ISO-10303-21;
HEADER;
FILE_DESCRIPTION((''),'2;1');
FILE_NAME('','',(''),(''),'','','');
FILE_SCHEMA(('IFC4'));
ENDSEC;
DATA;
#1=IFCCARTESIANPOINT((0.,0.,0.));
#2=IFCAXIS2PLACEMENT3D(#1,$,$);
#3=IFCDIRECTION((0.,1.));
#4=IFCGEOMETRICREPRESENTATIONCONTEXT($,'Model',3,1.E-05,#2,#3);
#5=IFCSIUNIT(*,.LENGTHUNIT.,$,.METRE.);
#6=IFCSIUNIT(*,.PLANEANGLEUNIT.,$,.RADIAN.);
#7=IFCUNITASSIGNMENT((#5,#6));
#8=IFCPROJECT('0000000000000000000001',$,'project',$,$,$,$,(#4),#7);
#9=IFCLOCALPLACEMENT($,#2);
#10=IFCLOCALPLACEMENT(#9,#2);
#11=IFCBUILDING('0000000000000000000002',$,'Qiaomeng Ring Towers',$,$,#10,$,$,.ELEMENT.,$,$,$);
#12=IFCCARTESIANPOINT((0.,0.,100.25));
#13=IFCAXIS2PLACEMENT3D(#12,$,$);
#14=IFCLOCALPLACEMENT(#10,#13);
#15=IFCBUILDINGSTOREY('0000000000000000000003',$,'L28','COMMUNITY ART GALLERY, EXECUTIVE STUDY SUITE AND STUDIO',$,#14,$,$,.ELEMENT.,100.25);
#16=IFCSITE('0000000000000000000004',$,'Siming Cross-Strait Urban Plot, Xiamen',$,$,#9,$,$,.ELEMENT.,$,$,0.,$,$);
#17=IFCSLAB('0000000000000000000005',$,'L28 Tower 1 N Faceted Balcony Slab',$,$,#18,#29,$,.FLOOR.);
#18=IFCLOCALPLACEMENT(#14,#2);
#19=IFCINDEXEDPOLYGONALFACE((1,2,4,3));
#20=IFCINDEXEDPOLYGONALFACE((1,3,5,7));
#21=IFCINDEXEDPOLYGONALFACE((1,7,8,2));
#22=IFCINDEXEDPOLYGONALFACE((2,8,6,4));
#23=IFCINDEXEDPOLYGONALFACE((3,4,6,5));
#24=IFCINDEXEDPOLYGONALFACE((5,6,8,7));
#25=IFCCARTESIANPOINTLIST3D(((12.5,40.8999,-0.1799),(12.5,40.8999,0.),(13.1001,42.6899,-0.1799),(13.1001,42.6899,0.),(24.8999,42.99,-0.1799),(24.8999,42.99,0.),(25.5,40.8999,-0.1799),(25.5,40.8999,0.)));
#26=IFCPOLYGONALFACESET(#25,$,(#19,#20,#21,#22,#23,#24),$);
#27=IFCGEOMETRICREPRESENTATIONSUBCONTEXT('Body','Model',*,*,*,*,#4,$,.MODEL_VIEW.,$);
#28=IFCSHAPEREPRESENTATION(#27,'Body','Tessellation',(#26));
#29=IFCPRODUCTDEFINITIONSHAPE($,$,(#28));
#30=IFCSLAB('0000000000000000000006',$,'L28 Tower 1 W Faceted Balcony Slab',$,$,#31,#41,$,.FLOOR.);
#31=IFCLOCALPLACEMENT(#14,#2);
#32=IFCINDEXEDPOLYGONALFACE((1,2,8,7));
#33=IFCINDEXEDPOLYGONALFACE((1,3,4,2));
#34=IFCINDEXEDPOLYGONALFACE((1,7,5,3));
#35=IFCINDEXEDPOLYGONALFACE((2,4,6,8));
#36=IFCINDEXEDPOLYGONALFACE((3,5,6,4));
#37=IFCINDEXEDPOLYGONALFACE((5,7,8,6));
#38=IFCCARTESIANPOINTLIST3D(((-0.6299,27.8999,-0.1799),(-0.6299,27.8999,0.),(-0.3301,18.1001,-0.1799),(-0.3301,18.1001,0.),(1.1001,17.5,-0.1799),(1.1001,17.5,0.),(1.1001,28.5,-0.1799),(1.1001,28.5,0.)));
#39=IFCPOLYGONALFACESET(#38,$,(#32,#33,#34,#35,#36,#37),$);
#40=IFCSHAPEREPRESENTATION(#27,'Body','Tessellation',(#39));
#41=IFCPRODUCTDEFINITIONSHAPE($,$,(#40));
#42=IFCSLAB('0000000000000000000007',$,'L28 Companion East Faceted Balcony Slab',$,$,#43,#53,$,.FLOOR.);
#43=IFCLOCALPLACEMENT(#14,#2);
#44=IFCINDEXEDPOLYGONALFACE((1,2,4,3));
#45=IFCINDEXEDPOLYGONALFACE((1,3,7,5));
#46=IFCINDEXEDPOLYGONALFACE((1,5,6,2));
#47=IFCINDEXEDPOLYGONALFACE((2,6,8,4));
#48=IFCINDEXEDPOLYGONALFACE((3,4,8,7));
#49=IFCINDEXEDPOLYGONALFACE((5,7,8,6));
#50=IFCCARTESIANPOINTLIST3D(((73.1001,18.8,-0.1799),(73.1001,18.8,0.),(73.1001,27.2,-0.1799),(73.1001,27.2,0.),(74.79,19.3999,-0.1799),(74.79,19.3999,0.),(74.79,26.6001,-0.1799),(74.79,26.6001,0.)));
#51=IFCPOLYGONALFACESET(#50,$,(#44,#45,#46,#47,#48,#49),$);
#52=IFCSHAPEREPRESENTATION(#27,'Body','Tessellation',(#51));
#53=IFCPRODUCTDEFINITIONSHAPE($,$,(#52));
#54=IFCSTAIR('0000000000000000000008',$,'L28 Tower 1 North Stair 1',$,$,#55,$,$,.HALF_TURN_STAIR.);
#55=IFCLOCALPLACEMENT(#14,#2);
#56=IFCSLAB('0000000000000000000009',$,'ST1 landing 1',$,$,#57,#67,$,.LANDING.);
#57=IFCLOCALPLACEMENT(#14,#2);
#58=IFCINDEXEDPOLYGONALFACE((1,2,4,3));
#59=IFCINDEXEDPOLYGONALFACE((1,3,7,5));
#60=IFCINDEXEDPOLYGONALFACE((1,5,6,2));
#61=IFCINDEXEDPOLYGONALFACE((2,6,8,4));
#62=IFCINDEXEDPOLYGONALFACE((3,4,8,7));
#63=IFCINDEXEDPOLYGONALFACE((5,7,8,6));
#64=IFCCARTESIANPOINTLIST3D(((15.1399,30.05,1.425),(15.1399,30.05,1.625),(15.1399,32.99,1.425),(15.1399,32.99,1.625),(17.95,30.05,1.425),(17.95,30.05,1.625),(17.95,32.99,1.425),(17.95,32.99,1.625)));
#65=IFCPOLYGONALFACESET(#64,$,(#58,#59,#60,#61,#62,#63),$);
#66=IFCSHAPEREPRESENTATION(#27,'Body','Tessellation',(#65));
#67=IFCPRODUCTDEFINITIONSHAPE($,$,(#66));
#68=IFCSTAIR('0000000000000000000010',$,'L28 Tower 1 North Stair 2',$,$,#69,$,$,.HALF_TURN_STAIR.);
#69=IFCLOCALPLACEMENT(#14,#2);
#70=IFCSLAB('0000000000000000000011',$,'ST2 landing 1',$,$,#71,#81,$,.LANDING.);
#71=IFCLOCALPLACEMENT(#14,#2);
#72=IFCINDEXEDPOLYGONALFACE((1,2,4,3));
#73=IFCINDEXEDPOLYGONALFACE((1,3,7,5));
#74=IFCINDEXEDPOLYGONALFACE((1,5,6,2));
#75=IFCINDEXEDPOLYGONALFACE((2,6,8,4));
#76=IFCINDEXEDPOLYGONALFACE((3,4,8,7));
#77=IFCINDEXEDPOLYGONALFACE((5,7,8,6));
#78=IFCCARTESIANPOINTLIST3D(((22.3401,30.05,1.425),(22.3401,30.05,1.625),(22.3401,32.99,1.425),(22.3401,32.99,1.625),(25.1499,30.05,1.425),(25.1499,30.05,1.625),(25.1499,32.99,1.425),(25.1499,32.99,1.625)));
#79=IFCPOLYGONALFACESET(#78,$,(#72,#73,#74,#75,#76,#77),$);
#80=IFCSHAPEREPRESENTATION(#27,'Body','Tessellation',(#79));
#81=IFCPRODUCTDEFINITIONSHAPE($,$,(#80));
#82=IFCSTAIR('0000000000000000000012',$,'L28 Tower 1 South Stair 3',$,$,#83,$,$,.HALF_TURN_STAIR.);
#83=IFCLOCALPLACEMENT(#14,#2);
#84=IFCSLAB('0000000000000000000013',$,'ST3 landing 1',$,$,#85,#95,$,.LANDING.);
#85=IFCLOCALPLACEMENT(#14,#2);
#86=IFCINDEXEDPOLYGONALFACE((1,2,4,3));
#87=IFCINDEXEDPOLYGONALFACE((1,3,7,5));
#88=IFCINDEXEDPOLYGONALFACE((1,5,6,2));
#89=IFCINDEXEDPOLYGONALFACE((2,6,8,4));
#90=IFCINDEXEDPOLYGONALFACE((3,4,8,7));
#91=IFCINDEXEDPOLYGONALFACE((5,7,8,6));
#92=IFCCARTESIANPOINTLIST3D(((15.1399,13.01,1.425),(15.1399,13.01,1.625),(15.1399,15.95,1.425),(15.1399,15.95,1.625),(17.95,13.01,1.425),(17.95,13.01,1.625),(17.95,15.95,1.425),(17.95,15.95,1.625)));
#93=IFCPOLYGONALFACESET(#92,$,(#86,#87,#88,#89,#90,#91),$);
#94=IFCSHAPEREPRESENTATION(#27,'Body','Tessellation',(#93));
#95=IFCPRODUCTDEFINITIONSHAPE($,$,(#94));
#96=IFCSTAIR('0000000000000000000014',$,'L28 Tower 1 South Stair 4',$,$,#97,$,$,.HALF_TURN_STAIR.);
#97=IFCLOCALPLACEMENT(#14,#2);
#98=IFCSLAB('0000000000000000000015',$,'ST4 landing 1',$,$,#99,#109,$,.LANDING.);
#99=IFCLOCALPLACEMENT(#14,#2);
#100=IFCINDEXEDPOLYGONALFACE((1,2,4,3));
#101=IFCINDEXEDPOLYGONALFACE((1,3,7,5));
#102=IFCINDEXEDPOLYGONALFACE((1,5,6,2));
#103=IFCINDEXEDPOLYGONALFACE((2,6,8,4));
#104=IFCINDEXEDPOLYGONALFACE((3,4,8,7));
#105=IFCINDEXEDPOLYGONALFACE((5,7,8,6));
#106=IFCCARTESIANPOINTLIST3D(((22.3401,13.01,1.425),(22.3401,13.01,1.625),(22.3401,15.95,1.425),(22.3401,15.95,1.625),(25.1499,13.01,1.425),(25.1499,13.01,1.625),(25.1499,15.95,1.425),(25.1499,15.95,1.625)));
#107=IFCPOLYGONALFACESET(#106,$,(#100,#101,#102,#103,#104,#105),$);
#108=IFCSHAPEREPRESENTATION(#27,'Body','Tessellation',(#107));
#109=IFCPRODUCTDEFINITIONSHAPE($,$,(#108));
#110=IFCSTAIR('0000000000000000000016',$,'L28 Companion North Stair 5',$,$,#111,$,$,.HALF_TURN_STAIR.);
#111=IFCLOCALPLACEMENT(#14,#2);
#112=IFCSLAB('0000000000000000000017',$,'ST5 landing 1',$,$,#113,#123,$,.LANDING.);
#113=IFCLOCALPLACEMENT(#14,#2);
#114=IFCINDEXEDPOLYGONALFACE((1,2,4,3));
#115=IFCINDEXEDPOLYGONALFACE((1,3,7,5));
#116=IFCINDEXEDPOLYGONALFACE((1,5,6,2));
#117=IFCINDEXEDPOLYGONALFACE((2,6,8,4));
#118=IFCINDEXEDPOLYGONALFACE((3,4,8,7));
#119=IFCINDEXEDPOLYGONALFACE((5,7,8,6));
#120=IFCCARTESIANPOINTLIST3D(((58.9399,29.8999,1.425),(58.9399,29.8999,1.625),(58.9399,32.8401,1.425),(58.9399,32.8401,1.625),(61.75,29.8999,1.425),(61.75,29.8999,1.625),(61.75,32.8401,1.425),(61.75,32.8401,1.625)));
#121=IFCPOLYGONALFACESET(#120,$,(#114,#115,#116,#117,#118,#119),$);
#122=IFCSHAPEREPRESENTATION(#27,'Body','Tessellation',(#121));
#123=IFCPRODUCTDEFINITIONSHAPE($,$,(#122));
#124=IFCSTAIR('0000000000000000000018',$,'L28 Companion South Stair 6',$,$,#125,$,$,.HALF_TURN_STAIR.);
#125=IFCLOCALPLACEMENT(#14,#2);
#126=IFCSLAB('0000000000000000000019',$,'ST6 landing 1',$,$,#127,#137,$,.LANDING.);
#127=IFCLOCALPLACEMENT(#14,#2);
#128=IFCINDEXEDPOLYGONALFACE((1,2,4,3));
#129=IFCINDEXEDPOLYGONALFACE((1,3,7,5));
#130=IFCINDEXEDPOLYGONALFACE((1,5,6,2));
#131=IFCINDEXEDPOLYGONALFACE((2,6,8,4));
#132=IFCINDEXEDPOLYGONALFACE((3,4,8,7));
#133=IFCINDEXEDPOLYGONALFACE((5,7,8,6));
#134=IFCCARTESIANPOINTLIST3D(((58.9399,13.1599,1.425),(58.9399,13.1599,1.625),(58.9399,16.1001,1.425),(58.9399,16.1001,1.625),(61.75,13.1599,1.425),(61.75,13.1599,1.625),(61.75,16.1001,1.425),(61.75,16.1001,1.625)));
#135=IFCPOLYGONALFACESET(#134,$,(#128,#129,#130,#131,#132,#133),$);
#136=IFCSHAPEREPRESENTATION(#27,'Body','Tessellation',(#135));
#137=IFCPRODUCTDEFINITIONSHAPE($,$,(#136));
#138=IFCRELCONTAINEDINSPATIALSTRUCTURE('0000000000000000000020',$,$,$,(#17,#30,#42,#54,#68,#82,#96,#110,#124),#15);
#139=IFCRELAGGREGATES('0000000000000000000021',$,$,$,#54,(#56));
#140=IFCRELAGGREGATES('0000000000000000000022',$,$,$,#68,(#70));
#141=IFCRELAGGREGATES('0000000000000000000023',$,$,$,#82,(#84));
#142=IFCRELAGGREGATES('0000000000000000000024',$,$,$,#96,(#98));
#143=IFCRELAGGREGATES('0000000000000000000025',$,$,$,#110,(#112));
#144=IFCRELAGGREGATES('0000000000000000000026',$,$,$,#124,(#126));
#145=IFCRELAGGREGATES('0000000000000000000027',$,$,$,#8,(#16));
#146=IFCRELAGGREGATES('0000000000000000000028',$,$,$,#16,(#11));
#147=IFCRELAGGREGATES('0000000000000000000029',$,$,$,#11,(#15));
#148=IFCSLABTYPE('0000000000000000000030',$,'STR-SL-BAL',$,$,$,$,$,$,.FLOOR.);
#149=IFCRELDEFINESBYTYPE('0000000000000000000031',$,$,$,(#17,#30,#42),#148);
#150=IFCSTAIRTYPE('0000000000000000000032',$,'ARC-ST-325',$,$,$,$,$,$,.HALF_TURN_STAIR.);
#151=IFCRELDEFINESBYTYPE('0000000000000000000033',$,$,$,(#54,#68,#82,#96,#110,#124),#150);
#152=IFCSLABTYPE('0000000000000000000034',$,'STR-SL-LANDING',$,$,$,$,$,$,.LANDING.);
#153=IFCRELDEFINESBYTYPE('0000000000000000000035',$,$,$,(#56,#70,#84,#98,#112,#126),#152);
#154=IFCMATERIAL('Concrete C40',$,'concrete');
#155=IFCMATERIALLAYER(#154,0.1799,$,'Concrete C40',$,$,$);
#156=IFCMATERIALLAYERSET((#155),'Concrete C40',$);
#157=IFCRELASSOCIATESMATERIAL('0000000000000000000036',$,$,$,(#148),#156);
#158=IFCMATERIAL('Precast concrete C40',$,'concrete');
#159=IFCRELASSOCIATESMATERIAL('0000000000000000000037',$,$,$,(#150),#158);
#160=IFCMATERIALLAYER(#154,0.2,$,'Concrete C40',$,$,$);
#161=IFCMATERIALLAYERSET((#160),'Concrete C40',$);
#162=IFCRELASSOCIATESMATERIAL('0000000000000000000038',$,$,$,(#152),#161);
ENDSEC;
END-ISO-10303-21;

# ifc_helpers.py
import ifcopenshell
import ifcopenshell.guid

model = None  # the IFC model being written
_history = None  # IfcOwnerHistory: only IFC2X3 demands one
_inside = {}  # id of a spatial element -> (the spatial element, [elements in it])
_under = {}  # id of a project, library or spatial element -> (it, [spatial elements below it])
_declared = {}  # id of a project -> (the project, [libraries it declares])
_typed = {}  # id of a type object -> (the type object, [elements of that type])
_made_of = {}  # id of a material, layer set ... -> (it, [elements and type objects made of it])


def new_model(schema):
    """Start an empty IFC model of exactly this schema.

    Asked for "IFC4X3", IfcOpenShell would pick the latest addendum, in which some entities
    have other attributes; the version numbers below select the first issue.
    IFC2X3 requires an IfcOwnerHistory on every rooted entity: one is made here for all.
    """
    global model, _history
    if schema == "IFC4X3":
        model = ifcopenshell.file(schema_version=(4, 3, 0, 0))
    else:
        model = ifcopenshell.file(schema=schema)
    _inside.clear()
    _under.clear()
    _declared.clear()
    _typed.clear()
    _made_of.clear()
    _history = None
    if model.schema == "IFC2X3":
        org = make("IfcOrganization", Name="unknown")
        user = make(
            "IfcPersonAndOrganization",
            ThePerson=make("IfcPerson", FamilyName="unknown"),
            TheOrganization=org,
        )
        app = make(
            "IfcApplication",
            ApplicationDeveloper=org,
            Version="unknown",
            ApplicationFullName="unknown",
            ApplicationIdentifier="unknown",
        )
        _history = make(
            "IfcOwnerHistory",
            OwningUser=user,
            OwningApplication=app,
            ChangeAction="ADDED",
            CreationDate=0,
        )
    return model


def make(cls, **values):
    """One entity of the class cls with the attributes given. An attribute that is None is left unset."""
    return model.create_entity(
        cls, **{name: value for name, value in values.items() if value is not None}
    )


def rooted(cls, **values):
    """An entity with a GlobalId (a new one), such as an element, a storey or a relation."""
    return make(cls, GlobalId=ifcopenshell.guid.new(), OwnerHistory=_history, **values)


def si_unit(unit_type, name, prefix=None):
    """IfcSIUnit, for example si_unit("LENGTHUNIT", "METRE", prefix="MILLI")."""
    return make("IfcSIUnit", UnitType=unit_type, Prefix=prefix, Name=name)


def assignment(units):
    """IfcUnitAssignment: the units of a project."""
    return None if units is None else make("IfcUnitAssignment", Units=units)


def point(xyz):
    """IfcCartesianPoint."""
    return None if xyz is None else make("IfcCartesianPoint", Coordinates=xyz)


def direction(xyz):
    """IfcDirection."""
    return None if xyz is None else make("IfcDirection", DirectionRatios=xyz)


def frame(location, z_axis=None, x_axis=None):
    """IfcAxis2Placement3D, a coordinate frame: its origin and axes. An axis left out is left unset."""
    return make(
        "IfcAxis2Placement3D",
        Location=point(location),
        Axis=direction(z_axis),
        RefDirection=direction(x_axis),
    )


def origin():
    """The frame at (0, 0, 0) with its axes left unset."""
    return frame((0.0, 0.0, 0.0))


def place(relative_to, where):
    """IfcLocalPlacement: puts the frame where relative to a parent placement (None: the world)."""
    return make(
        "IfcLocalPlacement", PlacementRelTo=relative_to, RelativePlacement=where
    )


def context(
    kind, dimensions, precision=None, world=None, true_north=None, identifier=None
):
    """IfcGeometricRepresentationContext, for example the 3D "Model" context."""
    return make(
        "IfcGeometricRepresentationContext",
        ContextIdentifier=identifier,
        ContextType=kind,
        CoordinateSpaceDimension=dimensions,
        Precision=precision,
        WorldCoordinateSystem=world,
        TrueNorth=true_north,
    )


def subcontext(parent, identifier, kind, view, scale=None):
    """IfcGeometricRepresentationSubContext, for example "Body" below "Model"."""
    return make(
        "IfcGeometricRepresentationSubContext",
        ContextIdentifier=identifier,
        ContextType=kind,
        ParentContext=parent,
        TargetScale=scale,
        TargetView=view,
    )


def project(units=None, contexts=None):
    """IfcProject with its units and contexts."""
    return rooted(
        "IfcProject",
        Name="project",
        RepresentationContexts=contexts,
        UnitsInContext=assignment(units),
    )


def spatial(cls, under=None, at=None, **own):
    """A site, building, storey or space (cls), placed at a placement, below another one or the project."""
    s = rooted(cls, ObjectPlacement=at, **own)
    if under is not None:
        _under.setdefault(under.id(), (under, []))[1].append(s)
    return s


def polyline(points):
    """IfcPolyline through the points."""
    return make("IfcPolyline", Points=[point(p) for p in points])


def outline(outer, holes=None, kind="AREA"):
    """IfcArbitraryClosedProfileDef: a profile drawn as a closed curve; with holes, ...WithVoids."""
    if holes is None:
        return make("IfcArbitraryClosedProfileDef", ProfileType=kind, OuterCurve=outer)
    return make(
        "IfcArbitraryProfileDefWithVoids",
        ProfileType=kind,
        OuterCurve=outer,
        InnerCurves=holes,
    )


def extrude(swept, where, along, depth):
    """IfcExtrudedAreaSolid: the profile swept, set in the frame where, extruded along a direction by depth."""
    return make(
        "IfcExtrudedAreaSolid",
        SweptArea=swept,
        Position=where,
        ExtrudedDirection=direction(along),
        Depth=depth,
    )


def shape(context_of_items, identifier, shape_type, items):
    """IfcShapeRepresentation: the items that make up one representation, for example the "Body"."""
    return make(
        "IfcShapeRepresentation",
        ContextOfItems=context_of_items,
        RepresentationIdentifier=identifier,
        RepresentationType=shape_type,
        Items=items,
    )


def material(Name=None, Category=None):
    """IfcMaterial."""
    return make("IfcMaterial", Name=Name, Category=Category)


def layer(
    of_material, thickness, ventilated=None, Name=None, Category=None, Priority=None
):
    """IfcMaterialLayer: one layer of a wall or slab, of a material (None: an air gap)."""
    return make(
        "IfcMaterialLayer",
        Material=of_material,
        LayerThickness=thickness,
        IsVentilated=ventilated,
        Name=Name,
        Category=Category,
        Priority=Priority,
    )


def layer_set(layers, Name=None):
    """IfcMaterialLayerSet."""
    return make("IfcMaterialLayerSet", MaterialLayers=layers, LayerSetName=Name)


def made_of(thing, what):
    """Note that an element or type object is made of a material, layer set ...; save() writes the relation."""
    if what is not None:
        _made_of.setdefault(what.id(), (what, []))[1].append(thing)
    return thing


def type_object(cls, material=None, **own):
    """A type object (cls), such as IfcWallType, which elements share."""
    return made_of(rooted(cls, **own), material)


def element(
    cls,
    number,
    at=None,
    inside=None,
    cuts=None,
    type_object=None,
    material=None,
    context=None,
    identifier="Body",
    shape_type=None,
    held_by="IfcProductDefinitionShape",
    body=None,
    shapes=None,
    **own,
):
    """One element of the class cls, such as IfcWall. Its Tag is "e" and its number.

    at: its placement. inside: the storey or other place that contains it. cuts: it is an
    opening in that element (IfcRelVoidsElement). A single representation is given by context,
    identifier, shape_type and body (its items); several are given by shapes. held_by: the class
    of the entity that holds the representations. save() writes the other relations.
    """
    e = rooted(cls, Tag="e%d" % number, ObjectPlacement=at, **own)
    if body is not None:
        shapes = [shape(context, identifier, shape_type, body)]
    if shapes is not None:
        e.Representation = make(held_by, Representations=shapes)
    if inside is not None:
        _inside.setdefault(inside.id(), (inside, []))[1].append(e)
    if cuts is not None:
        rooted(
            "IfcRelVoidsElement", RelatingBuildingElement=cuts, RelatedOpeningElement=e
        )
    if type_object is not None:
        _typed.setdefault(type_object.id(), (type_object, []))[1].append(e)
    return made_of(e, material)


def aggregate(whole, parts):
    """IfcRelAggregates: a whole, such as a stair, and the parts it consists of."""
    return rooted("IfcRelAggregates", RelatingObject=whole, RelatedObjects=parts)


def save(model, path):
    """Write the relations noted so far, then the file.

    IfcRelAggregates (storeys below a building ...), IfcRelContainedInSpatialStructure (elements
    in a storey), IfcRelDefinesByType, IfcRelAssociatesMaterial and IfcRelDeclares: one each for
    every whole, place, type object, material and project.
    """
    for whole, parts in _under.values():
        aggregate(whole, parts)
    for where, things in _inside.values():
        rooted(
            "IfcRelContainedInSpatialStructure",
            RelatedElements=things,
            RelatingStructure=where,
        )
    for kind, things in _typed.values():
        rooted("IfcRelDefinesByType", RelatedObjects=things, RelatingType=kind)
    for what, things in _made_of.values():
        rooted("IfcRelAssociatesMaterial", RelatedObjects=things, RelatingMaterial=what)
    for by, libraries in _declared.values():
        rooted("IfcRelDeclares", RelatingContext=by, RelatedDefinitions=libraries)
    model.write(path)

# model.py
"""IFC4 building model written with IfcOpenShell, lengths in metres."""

from ifc_helpers import new_model, si_unit, direction, frame, origin, place, context, subcontext, project, spatial, polyline, outline, extrude, material, layer, layer_set, type_object, element, aggregate, save


model = new_model("IFC4")

# Units and contexts
model_context = context("Model", 3, precision=1e-05, world=origin(), true_north=direction((0.0, 1.0)))
body_context = subcontext(model_context, "Body", "Model", "MODEL_VIEW")
ifc_project = project(units=[si_unit("LENGTHUNIT", "METRE"), si_unit("PLANEANGLEUNIT", "RADIAN")], contexts=[model_context])

# Site, building, storey
site_placement = place(None, origin())
site = spatial("IfcSite", under=ifc_project, at=site_placement, Name="Siming Cross-Strait Urban Plot, Xiamen", CompositionType="ELEMENT", RefElevation=0.0)
building_placement = place(site_placement, origin())
building = spatial("IfcBuilding", under=site, at=building_placement, Name="Qiaomeng Ring Towers", CompositionType="ELEMENT")
storey_placement = place(building_placement, frame((0.0, 0.0, 100.25)))
storey = spatial("IfcBuildingStorey", under=building, at=storey_placement, Name="L28", Description="COMMUNITY ART GALLERY, EXECUTIVE STUDY SUITE AND STUDIO", CompositionType="ELEMENT", Elevation=100.25)

# Slabs
ifc_material_1 = material(Name="Concrete C40", Category="concrete")
ifc_layer_1 = layer(ifc_material_1, 0.1799, Name="Concrete C40")
ifc_layer_set_1 = layer_set([ifc_layer_1], Name="Concrete C40")
slab_type_1 = type_object("IfcSlabType", Name="STR-SL-BAL", PredefinedType="FLOOR", material=ifc_layer_set_1)
slab_1_placement = place(storey_placement, frame((0.0, 0.0, -0.1799)))
element("IfcSlab", 1, at=slab_1_placement, inside=storey, type_object=slab_type_1, Name="L28 Tower 1 N Faceted Balcony Slab", PredefinedType="FLOOR", context=body_context, shape_type="SweptSolid", body=[
    extrude(outline(polyline([(12.5, 40.8999), (13.1001, 42.6899), (24.8999, 42.99), (25.5, 40.8999), (12.5, 40.8999)])), origin(), (0.0, 0.0, 1.0), 0.1799),
])
slab_2_placement = place(storey_placement, frame((0.0, 0.0, -0.1799)))
element("IfcSlab", 2, at=slab_2_placement, inside=storey, type_object=slab_type_1, Name="L28 Tower 1 W Faceted Balcony Slab", PredefinedType="FLOOR", context=body_context, shape_type="SweptSolid", body=[
    extrude(outline(polyline([(-0.3301, 18.1001), (-0.6299, 27.8999), (1.1001, 28.5), (1.1001, 17.5), (-0.3301, 18.1001)])), origin(), (0.0, 0.0, 1.0), 0.1799),
])
slab_3_placement = place(storey_placement, frame((0.0, 0.0, -0.1799)))
element("IfcSlab", 3, at=slab_3_placement, inside=storey, type_object=slab_type_1, Name="L28 Companion East Faceted Balcony Slab", PredefinedType="FLOOR", context=body_context, shape_type="SweptSolid", body=[
    extrude(outline(polyline([(74.79, 26.6001), (74.79, 19.3999), (73.1001, 18.8), (73.1001, 27.2), (74.79, 26.6001)])), origin(), (0.0, 0.0, 1.0), 0.1799),
])

# Stairs, slabs
ifc_material_2 = material(Name="Precast concrete C40", Category="concrete")
stair_type = type_object("IfcStairType", Name="ARC-ST-325", PredefinedType="HALF_TURN_STAIR", material=ifc_material_2)
stair_1_placement = place(storey_placement, origin())
stair_1 = element("IfcStair", 4, at=stair_1_placement, inside=storey, type_object=stair_type, Name="L28 Tower 1 North Stair 1", PredefinedType="HALF_TURN_STAIR")
ifc_layer_2 = layer(ifc_material_1, 0.2, Name="Concrete C40")
ifc_layer_set_2 = layer_set([ifc_layer_2], Name="Concrete C40")
slab_type_2 = type_object("IfcSlabType", Name="STR-SL-LANDING", PredefinedType="LANDING", material=ifc_layer_set_2)
slab_4_placement = place(storey_placement, frame((0.0, 0.0, 1.425)))
slab_4 = element("IfcSlab", 5, at=slab_4_placement, type_object=slab_type_2, Name="ST1 landing 1", PredefinedType="LANDING", context=body_context, shape_type="SweptSolid", body=[
    extrude(outline(polyline([(15.1399, 30.05), (17.95, 30.05), (17.95, 32.99), (15.1399, 32.99), (15.1399, 30.05)])), origin(), (0.0, 0.0, 1.0), 0.2),
])
aggregate(stair_1, [slab_4])
stair_2_placement = place(storey_placement, origin())
stair_2 = element("IfcStair", 6, at=stair_2_placement, inside=storey, type_object=stair_type, Name="L28 Tower 1 North Stair 2", PredefinedType="HALF_TURN_STAIR")
slab_5_placement = place(storey_placement, frame((0.0, 0.0, 1.425)))
slab_5 = element("IfcSlab", 7, at=slab_5_placement, type_object=slab_type_2, Name="ST2 landing 1", PredefinedType="LANDING", context=body_context, shape_type="SweptSolid", body=[
    extrude(outline(polyline([(22.3401, 30.05), (25.1499, 30.05), (25.1499, 32.99), (22.3401, 32.99), (22.3401, 30.05)])), origin(), (0.0, 0.0, 1.0), 0.2),
])
aggregate(stair_2, [slab_5])
stair_3_placement = place(storey_placement, origin())
stair_3 = element("IfcStair", 8, at=stair_3_placement, inside=storey, type_object=stair_type, Name="L28 Tower 1 South Stair 3", PredefinedType="HALF_TURN_STAIR")
slab_6_placement = place(storey_placement, frame((0.0, 0.0, 1.425)))
slab_6 = element("IfcSlab", 9, at=slab_6_placement, type_object=slab_type_2, Name="ST3 landing 1", PredefinedType="LANDING", context=body_context, shape_type="SweptSolid", body=[
    extrude(outline(polyline([(15.1399, 13.01), (17.95, 13.01), (17.95, 15.95), (15.1399, 15.95), (15.1399, 13.01)])), origin(), (0.0, 0.0, 1.0), 0.2),
])
aggregate(stair_3, [slab_6])
stair_4_placement = place(storey_placement, origin())
stair_4 = element("IfcStair", 10, at=stair_4_placement, inside=storey, type_object=stair_type, Name="L28 Tower 1 South Stair 4", PredefinedType="HALF_TURN_STAIR")
slab_7_placement = place(storey_placement, frame((0.0, 0.0, 1.425)))
slab_7 = element("IfcSlab", 11, at=slab_7_placement, type_object=slab_type_2, Name="ST4 landing 1", PredefinedType="LANDING", context=body_context, shape_type="SweptSolid", body=[
    extrude(outline(polyline([(22.3401, 13.01), (25.1499, 13.01), (25.1499, 15.95), (22.3401, 15.95), (22.3401, 13.01)])), origin(), (0.0, 0.0, 1.0), 0.2),
])
aggregate(stair_4, [slab_7])
stair_5_placement = place(storey_placement, origin())
stair_5 = element("IfcStair", 12, at=stair_5_placement, inside=storey, type_object=stair_type, Name="L28 Companion North Stair 5", PredefinedType="HALF_TURN_STAIR")
slab_8_placement = place(storey_placement, frame((0.0, 0.0, 1.425)))
slab_8 = element("IfcSlab", 13, at=slab_8_placement, type_object=slab_type_2, Name="ST5 landing 1", PredefinedType="LANDING", context=body_context, shape_type="SweptSolid", body=[
    extrude(outline(polyline([(58.9399, 29.8999), (61.75, 29.8999), (61.75, 32.8401), (58.9399, 32.8401), (58.9399, 29.8999)])), origin(), (0.0, 0.0, 1.0), 0.2),
])
aggregate(stair_5, [slab_8])
stair_6_placement = place(storey_placement, origin())
stair_6 = element("IfcStair", 14, at=stair_6_placement, inside=storey, type_object=stair_type, Name="L28 Companion South Stair 6", PredefinedType="HALF_TURN_STAIR")
slab_9_placement = place(storey_placement, frame((0.0, 0.0, 1.425)))
slab_9 = element("IfcSlab", 15, at=slab_9_placement, type_object=slab_type_2, Name="ST6 landing 1", PredefinedType="LANDING", context=body_context, shape_type="SweptSolid", body=[
    extrude(outline(polyline([(58.9399, 13.1599), (61.75, 13.1599), (61.75, 16.1001), (58.9399, 16.1001), (58.9399, 13.1599)])), origin(), (0.0, 0.0, 1.0), 0.2),
])
aggregate(stair_6, [slab_9])

save(model, "model.ifc")
